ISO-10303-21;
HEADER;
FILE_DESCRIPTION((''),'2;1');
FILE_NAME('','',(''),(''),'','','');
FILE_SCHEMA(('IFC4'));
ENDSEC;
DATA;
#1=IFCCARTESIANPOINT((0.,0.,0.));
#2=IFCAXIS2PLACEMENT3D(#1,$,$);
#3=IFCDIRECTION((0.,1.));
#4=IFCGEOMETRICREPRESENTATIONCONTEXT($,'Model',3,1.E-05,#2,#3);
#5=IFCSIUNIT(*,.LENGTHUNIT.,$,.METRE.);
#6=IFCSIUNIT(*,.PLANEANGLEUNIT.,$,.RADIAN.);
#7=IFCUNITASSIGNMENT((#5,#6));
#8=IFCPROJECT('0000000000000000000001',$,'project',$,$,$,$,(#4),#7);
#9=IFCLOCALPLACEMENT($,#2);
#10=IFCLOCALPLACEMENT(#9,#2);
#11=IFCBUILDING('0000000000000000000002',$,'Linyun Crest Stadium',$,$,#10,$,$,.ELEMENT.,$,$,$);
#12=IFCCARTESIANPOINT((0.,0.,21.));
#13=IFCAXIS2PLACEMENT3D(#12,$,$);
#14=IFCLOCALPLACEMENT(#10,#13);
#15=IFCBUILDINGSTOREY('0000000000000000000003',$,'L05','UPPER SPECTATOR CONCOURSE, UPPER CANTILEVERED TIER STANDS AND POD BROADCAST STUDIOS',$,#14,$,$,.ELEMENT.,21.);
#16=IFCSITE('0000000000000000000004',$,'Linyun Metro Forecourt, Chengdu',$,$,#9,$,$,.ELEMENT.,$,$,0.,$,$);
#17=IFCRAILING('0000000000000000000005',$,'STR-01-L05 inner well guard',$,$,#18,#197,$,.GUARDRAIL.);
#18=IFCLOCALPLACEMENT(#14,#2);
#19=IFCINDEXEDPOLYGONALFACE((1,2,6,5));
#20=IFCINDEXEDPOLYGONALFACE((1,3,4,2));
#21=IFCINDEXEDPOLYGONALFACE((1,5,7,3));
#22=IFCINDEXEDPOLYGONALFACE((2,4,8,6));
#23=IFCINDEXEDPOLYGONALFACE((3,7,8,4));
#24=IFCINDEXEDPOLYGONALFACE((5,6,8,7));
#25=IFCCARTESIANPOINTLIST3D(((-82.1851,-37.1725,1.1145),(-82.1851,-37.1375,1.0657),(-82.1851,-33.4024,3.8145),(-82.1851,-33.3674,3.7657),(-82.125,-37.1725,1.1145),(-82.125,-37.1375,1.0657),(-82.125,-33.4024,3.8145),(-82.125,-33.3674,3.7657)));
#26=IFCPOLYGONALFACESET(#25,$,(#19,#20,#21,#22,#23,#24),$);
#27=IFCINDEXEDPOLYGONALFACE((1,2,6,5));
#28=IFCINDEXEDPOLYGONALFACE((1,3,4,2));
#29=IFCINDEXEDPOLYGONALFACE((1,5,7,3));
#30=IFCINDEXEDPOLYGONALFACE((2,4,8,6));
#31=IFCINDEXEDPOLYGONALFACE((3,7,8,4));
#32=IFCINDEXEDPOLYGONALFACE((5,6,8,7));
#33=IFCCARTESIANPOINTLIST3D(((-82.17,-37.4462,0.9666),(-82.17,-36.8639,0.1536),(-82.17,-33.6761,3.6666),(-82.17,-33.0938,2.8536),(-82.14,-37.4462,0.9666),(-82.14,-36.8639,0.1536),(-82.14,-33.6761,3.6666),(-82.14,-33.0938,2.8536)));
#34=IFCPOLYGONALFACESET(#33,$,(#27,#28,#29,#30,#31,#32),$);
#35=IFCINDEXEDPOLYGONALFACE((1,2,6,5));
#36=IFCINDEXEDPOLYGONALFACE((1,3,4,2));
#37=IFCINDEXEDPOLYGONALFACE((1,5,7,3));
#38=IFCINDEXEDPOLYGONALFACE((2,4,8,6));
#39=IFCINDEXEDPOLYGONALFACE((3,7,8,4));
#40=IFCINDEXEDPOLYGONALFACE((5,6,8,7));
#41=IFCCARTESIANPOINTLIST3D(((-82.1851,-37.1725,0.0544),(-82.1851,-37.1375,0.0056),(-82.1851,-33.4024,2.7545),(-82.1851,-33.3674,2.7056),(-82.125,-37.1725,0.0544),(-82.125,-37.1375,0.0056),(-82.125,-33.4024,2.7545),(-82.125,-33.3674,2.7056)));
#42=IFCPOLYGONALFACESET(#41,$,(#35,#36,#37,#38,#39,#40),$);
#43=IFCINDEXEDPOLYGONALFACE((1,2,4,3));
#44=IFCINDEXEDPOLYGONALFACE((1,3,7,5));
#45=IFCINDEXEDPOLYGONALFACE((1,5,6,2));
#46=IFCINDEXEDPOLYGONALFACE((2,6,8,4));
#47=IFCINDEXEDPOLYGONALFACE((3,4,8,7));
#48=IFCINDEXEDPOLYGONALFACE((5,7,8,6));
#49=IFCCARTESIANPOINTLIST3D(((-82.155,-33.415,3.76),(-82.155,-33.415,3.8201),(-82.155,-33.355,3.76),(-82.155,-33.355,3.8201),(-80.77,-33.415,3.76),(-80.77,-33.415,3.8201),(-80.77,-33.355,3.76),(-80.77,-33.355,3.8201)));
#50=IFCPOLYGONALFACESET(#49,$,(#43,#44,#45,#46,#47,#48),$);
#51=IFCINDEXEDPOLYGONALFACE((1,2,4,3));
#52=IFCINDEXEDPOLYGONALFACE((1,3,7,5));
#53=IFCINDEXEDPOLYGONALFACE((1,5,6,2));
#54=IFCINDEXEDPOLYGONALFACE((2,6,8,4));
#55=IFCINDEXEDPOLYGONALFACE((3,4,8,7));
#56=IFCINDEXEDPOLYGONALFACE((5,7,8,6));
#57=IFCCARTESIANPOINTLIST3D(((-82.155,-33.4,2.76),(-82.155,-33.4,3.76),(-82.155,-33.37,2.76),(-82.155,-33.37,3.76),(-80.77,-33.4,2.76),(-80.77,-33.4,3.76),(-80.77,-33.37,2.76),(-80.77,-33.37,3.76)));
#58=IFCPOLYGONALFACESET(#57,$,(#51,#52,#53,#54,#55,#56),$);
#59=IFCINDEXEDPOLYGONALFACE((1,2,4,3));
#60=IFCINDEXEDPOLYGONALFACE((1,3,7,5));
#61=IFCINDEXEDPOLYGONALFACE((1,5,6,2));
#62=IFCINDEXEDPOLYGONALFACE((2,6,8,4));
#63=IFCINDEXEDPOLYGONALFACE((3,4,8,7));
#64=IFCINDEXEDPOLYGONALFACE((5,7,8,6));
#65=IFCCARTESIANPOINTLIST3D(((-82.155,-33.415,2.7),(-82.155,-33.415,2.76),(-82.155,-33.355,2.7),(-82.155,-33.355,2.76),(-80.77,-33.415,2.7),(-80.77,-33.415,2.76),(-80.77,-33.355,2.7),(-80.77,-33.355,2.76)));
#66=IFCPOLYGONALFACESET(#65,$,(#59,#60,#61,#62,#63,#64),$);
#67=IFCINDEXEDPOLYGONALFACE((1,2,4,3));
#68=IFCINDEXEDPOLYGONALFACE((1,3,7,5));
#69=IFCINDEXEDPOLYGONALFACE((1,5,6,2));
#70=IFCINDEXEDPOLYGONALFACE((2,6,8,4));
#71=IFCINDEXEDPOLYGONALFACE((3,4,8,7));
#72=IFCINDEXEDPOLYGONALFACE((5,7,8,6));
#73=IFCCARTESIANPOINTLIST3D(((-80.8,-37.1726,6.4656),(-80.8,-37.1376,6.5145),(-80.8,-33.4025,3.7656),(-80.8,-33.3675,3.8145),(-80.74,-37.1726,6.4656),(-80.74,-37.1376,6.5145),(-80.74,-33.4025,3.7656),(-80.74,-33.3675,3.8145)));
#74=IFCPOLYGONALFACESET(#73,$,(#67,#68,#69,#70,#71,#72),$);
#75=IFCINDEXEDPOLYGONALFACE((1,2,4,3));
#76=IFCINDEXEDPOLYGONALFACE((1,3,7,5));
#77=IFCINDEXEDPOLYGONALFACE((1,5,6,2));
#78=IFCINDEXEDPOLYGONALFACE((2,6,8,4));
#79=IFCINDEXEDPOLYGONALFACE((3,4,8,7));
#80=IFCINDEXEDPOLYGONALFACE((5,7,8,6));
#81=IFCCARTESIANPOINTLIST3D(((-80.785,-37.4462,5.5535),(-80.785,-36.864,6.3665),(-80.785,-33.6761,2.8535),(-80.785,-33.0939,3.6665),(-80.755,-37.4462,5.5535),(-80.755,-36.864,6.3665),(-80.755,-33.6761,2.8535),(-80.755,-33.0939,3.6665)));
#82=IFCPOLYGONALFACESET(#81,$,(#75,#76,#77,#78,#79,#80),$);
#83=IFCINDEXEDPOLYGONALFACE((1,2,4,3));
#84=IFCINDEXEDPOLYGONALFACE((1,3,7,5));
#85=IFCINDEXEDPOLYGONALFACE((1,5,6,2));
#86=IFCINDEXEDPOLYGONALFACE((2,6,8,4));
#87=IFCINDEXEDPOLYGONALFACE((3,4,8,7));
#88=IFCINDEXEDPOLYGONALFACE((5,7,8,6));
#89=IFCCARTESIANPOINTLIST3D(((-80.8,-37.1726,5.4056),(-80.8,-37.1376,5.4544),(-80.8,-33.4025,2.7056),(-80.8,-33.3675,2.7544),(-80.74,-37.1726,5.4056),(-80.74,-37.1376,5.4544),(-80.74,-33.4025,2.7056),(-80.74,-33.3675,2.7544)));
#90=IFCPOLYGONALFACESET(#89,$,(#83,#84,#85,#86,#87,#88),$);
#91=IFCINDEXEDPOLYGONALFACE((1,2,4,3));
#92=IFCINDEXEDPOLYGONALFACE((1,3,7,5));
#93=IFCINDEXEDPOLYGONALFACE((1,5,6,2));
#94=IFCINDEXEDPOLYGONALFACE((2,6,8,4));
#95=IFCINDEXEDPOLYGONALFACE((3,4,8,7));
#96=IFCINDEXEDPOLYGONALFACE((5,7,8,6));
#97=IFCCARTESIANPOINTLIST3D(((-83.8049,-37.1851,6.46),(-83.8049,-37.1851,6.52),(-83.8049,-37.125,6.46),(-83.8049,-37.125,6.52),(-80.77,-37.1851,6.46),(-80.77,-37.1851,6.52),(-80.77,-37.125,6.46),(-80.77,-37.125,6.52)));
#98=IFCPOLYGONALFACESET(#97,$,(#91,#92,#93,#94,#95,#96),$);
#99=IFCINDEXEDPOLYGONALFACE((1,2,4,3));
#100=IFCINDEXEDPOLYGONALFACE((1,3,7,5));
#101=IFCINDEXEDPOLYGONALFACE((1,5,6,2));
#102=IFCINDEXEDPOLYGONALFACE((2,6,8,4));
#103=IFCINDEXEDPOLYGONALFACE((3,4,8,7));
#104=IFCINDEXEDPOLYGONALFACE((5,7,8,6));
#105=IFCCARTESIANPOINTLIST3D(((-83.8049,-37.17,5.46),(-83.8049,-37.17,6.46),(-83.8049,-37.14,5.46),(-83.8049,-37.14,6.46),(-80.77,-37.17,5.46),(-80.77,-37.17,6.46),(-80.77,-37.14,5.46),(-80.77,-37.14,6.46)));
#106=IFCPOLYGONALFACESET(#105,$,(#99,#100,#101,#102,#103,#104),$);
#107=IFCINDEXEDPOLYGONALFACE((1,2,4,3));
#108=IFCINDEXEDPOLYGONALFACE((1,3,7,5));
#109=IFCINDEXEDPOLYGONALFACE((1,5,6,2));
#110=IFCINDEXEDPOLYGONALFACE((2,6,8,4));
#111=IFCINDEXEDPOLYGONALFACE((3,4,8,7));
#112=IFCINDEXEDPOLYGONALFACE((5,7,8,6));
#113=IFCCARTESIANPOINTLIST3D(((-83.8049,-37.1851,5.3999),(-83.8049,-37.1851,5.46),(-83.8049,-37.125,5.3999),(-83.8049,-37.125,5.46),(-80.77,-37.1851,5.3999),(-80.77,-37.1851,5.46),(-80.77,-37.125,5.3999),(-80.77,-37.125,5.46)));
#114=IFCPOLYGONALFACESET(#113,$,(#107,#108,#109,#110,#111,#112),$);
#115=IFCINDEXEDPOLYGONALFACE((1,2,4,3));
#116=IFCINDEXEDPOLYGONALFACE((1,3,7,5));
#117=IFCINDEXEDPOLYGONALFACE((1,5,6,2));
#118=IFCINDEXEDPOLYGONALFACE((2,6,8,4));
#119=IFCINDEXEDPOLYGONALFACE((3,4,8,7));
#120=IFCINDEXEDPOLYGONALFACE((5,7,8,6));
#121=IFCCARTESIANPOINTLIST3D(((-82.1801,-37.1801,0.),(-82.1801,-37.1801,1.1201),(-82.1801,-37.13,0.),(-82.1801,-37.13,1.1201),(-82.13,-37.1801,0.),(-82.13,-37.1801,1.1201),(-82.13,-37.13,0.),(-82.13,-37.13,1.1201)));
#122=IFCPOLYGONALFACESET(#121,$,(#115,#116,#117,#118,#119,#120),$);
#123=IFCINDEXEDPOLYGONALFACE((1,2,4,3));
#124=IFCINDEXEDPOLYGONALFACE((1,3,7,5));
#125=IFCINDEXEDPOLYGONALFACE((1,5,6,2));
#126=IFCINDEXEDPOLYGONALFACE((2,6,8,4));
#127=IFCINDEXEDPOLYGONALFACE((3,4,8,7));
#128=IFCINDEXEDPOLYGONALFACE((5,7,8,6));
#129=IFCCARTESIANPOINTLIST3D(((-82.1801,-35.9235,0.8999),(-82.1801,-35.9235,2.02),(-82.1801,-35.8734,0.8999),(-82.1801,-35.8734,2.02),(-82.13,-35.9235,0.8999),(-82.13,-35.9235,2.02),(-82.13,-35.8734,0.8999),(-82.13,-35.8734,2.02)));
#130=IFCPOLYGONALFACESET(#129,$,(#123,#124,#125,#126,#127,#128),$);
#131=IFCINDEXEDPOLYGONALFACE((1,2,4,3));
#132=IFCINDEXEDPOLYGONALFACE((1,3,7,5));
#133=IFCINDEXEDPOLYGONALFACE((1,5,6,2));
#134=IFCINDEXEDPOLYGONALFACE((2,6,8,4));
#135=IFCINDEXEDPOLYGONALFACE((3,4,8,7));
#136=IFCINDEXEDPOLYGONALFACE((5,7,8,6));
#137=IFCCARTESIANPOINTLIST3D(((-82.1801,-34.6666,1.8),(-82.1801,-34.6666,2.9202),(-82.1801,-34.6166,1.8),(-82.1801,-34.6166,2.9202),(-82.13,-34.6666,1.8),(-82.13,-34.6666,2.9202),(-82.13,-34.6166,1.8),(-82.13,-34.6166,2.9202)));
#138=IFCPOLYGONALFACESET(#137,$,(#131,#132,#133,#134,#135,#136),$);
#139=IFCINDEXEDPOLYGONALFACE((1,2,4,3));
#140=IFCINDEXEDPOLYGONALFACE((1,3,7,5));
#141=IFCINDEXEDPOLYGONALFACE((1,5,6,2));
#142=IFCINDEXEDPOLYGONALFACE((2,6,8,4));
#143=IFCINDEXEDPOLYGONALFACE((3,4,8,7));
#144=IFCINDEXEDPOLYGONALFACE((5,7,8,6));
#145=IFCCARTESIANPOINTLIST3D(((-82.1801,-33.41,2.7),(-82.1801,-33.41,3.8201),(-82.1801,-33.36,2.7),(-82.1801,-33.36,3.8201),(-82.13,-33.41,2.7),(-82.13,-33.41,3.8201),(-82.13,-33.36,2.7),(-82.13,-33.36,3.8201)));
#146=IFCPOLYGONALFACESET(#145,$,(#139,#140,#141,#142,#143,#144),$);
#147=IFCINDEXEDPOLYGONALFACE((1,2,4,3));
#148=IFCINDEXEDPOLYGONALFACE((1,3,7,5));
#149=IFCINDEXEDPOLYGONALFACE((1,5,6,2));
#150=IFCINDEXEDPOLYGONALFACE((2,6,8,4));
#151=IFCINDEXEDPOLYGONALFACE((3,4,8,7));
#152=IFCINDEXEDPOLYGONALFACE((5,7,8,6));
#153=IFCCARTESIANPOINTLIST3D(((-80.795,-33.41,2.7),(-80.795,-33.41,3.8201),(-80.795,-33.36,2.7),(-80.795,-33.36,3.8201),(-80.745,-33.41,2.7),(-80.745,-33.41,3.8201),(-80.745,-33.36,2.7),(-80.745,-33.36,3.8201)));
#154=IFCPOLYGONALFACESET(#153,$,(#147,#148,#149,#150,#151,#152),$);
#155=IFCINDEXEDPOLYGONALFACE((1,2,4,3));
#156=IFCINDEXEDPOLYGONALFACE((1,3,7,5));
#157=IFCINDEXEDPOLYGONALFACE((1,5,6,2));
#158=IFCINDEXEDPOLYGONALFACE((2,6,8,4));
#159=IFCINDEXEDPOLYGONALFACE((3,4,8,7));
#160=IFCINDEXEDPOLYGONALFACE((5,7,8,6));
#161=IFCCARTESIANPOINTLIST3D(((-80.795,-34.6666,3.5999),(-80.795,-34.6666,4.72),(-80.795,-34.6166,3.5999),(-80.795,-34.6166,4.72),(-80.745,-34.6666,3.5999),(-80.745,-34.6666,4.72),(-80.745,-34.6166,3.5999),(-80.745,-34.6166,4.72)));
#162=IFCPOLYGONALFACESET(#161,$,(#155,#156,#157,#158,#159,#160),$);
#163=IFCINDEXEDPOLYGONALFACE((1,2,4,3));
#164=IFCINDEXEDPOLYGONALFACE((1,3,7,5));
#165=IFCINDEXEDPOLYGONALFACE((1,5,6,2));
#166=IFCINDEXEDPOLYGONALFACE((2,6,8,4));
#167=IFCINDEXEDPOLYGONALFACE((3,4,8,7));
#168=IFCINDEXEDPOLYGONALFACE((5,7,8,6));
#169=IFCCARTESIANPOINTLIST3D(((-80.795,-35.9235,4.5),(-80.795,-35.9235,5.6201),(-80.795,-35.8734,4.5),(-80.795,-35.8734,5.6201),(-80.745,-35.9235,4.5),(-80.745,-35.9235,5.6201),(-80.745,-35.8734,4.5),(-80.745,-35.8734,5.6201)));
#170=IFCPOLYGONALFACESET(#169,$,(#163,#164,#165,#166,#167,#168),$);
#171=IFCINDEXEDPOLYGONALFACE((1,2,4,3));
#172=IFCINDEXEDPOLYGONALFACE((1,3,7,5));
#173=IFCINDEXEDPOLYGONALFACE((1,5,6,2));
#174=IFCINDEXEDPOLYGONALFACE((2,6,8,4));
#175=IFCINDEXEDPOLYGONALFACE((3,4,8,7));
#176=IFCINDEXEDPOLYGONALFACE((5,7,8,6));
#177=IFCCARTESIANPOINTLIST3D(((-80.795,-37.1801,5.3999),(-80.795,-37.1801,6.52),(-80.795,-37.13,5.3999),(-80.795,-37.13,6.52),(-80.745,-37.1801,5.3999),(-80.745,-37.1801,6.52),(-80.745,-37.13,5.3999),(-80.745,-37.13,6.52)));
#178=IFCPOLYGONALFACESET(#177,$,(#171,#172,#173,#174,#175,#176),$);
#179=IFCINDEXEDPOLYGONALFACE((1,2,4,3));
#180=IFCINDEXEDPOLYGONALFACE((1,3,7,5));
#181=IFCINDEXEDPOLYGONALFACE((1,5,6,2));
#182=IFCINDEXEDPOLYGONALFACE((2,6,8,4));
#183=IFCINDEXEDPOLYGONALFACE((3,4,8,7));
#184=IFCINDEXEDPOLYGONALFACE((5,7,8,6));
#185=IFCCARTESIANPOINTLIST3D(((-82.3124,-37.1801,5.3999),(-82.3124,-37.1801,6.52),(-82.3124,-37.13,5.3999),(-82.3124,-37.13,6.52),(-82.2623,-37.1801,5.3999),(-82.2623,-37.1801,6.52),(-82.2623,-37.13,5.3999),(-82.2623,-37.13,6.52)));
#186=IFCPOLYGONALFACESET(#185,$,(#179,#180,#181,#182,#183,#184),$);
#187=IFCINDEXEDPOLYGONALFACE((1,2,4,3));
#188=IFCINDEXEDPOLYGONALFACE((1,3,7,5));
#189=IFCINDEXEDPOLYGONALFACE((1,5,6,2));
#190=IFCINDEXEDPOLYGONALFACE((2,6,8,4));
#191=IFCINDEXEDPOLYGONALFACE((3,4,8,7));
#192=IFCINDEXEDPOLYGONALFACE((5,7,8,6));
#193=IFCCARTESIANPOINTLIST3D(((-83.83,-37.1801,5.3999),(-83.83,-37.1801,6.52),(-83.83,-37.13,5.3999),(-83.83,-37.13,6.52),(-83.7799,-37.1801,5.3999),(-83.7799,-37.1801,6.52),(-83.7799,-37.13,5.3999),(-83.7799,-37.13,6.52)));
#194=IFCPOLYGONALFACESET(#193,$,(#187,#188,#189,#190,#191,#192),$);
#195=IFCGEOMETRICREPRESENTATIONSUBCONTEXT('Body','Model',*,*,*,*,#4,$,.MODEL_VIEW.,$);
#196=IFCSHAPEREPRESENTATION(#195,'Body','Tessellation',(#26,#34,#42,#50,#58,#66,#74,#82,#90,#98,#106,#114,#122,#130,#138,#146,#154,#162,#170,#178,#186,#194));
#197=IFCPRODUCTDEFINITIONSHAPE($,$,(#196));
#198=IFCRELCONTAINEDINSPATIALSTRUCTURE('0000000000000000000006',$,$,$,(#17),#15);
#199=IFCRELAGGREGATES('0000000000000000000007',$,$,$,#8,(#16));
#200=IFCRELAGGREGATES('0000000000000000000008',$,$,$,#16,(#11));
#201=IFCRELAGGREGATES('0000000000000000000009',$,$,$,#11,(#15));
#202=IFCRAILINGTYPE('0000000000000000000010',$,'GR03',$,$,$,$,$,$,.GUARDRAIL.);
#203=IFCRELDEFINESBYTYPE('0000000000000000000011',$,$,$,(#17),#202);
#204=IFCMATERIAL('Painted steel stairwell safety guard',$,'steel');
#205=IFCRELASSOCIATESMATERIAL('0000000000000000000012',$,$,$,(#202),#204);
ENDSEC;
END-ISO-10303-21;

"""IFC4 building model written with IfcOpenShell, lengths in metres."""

from ifc_helpers import new_model, si_unit, direction, frame, origin, origin_2d, place, context, subcontext, project, spatial, rectangle, extrude, material, type_object, element, save


model = new_model("IFC4")

# Units and contexts
model_context = context("Model", 3, precision=1e-05, world=origin(), true_north=direction((0.0, 1.0)))
body_context = subcontext(model_context, "Body", "Model", "MODEL_VIEW")
ifc_project = project(units=[si_unit("LENGTHUNIT", "METRE"), si_unit("PLANEANGLEUNIT", "RADIAN")], contexts=[model_context])

# Site, building, storey
site_placement = place(None, origin())
site = spatial("IfcSite", under=ifc_project, at=site_placement, Name="Linyun Metro Forecourt, Chengdu", CompositionType="ELEMENT", RefElevation=0.0)
building_placement = place(site_placement, origin())
building = spatial("IfcBuilding", under=site, at=building_placement, Name="Linyun Crest Stadium", CompositionType="ELEMENT")
storey_placement = place(building_placement, frame((0.0, 0.0, 21.0)))
storey = spatial("IfcBuildingStorey", under=building, at=storey_placement, Name="L05", Description="UPPER SPECTATOR CONCOURSE, UPPER CANTILEVERED TIER STANDS AND POD BROADCAST STUDIOS", CompositionType="ELEMENT", Elevation=21.0)

# Railing
ifc_material_1 = material(Name="Painted steel stairwell safety guard", Category="steel")
railing_type_1 = type_object("IfcRailingType", Name="GR03", PredefinedType="GUARDRAIL", material=ifc_material_1)
railing_1_placement = place(storey_placement, frame((-82.155, -37.155, 0.0)))
element("IfcRailing", 1, at=railing_1_placement, inside=storey, type_object=railing_type_1, Name="STR-01-L05 inner well guard", PredefinedType="GUARDRAIL", context=body_context, shape_type="SweptSolid", body=[
    extrude(rectangle(XDim=0.0601, YDim=0.0601, at=origin_2d()), frame((0.0, 0.0, 1.0901), z_axis=(0.0, 0.813011, 0.582249), x_axis=(-1.0, 0.0, 0.0)), (0.0, 0.0, 1.0), 4.6372),
    extrude(rectangle(XDim=0.03, YDim=1.0, at=origin_2d()), frame((0.0, 0.0, 0.5601), z_axis=(0.0, 0.813011, 0.582249), x_axis=(-1.0, 0.0, 0.0)), (0.0, 0.0, 1.0), 4.6372),
    extrude(rectangle(XDim=0.0601, YDim=0.0601, at=origin_2d()), frame((0.0, 0.0, 0.03), z_axis=(0.0, 0.813011, 0.582249), x_axis=(-1.0, 0.0, 0.0)), (0.0, 0.0, 1.0), 4.6372),
    extrude(rectangle(XDim=0.0601, YDim=0.0601, at=origin_2d()), frame((0.0, 3.77, 3.79), z_axis=(1.0, 0.0, 0.0), x_axis=(0.0, 1.0, 0.0)), (0.0, 0.0, 1.0), 1.385),
    extrude(rectangle(XDim=0.03, YDim=1.0, at=origin_2d()), frame((0.0, 3.77, 3.26), z_axis=(1.0, 0.0, 0.0), x_axis=(0.0, 1.0, 0.0)), (0.0, 0.0, 1.0), 1.385),
    extrude(rectangle(XDim=0.0601, YDim=0.0601, at=origin_2d()), frame((0.0, 3.77, 2.73), z_axis=(1.0, 0.0, 0.0), x_axis=(0.0, 1.0, 0.0)), (0.0, 0.0, 1.0), 1.385),
    extrude(rectangle(XDim=0.0601, YDim=0.0601, at=origin_2d()), frame((1.385, 3.77, 3.79), z_axis=(0.0, -0.813011, 0.582249), x_axis=(1.0, 0.0, 0.0)), (0.0, 0.0, 1.0), 4.6372),
    extrude(rectangle(XDim=0.03, YDim=1.0, at=origin_2d()), frame((1.385, 3.77, 3.26), z_axis=(0.0, -0.813011, 0.582249), x_axis=(1.0, 0.0, 0.0)), (0.0, 0.0, 1.0), 4.6372),
    extrude(rectangle(XDim=0.0601, YDim=0.0601, at=origin_2d()), frame((1.385, 3.77, 2.73), z_axis=(0.0, -0.813011, 0.582249), x_axis=(1.0, 0.0, 0.0)), (0.0, 0.0, 1.0), 4.6372),
    extrude(rectangle(XDim=0.0601, YDim=0.0601, at=origin_2d()), frame((1.385, 0.0, 6.49), z_axis=(-1.0, 0.0, 0.0), x_axis=(0.0, -1.0, 0.0)), (0.0, 0.0, 1.0), 3.0349),
    extrude(rectangle(XDim=0.03, YDim=1.0, at=origin_2d()), frame((1.385, 0.0, 5.96), z_axis=(-1.0, 0.0, 0.0), x_axis=(0.0, -1.0, 0.0)), (0.0, 0.0, 1.0), 3.0349),
    extrude(rectangle(XDim=0.0601, YDim=0.0601, at=origin_2d()), frame((1.385, 0.0, 5.4299), z_axis=(-1.0, 0.0, 0.0), x_axis=(0.0, -1.0, 0.0)), (0.0, 0.0, 1.0), 3.0349),
    extrude(rectangle(XDim=0.05, YDim=0.05, at=origin_2d()), origin(), (0.0, 0.0, 1.0), 1.1201),
    extrude(rectangle(XDim=0.05, YDim=0.05, at=origin_2d()), frame((0.0, 1.2566, 0.8999)), (0.0, 0.0, 1.0), 1.1201),
    extrude(rectangle(XDim=0.05, YDim=0.05, at=origin_2d()), frame((0.0, 2.5134, 1.8)), (0.0, 0.0, 1.0), 1.1201),
    extrude(rectangle(XDim=0.05, YDim=0.05, at=origin_2d()), frame((0.0, 3.77, 2.7)), (0.0, 0.0, 1.0), 1.1201),
    extrude(rectangle(XDim=0.05, YDim=0.05, at=origin_2d()), frame((1.385, 3.77, 2.7)), (0.0, 0.0, 1.0), 1.1201),
    extrude(rectangle(XDim=0.05, YDim=0.05, at=origin_2d()), frame((1.385, 2.5134, 3.5999)), (0.0, 0.0, 1.0), 1.1201),
    extrude(rectangle(XDim=0.05, YDim=0.05, at=origin_2d()), frame((1.385, 1.2566, 4.5)), (0.0, 0.0, 1.0), 1.1201),
    extrude(rectangle(XDim=0.05, YDim=0.05, at=origin_2d()), frame((1.385, 0.0, 5.3999)), (0.0, 0.0, 1.0), 1.1201),
    extrude(rectangle(XDim=0.05, YDim=0.05, at=origin_2d()), frame((-0.1323, 0.0, 5.3999)), (0.0, 0.0, 1.0), 1.1201),
    extrude(rectangle(XDim=0.05, YDim=0.05, at=origin_2d()), frame((-1.6499, 0.0, 5.3999)), (0.0, 0.0, 1.0), 1.1201),
])

save(model, "model.ifc")
